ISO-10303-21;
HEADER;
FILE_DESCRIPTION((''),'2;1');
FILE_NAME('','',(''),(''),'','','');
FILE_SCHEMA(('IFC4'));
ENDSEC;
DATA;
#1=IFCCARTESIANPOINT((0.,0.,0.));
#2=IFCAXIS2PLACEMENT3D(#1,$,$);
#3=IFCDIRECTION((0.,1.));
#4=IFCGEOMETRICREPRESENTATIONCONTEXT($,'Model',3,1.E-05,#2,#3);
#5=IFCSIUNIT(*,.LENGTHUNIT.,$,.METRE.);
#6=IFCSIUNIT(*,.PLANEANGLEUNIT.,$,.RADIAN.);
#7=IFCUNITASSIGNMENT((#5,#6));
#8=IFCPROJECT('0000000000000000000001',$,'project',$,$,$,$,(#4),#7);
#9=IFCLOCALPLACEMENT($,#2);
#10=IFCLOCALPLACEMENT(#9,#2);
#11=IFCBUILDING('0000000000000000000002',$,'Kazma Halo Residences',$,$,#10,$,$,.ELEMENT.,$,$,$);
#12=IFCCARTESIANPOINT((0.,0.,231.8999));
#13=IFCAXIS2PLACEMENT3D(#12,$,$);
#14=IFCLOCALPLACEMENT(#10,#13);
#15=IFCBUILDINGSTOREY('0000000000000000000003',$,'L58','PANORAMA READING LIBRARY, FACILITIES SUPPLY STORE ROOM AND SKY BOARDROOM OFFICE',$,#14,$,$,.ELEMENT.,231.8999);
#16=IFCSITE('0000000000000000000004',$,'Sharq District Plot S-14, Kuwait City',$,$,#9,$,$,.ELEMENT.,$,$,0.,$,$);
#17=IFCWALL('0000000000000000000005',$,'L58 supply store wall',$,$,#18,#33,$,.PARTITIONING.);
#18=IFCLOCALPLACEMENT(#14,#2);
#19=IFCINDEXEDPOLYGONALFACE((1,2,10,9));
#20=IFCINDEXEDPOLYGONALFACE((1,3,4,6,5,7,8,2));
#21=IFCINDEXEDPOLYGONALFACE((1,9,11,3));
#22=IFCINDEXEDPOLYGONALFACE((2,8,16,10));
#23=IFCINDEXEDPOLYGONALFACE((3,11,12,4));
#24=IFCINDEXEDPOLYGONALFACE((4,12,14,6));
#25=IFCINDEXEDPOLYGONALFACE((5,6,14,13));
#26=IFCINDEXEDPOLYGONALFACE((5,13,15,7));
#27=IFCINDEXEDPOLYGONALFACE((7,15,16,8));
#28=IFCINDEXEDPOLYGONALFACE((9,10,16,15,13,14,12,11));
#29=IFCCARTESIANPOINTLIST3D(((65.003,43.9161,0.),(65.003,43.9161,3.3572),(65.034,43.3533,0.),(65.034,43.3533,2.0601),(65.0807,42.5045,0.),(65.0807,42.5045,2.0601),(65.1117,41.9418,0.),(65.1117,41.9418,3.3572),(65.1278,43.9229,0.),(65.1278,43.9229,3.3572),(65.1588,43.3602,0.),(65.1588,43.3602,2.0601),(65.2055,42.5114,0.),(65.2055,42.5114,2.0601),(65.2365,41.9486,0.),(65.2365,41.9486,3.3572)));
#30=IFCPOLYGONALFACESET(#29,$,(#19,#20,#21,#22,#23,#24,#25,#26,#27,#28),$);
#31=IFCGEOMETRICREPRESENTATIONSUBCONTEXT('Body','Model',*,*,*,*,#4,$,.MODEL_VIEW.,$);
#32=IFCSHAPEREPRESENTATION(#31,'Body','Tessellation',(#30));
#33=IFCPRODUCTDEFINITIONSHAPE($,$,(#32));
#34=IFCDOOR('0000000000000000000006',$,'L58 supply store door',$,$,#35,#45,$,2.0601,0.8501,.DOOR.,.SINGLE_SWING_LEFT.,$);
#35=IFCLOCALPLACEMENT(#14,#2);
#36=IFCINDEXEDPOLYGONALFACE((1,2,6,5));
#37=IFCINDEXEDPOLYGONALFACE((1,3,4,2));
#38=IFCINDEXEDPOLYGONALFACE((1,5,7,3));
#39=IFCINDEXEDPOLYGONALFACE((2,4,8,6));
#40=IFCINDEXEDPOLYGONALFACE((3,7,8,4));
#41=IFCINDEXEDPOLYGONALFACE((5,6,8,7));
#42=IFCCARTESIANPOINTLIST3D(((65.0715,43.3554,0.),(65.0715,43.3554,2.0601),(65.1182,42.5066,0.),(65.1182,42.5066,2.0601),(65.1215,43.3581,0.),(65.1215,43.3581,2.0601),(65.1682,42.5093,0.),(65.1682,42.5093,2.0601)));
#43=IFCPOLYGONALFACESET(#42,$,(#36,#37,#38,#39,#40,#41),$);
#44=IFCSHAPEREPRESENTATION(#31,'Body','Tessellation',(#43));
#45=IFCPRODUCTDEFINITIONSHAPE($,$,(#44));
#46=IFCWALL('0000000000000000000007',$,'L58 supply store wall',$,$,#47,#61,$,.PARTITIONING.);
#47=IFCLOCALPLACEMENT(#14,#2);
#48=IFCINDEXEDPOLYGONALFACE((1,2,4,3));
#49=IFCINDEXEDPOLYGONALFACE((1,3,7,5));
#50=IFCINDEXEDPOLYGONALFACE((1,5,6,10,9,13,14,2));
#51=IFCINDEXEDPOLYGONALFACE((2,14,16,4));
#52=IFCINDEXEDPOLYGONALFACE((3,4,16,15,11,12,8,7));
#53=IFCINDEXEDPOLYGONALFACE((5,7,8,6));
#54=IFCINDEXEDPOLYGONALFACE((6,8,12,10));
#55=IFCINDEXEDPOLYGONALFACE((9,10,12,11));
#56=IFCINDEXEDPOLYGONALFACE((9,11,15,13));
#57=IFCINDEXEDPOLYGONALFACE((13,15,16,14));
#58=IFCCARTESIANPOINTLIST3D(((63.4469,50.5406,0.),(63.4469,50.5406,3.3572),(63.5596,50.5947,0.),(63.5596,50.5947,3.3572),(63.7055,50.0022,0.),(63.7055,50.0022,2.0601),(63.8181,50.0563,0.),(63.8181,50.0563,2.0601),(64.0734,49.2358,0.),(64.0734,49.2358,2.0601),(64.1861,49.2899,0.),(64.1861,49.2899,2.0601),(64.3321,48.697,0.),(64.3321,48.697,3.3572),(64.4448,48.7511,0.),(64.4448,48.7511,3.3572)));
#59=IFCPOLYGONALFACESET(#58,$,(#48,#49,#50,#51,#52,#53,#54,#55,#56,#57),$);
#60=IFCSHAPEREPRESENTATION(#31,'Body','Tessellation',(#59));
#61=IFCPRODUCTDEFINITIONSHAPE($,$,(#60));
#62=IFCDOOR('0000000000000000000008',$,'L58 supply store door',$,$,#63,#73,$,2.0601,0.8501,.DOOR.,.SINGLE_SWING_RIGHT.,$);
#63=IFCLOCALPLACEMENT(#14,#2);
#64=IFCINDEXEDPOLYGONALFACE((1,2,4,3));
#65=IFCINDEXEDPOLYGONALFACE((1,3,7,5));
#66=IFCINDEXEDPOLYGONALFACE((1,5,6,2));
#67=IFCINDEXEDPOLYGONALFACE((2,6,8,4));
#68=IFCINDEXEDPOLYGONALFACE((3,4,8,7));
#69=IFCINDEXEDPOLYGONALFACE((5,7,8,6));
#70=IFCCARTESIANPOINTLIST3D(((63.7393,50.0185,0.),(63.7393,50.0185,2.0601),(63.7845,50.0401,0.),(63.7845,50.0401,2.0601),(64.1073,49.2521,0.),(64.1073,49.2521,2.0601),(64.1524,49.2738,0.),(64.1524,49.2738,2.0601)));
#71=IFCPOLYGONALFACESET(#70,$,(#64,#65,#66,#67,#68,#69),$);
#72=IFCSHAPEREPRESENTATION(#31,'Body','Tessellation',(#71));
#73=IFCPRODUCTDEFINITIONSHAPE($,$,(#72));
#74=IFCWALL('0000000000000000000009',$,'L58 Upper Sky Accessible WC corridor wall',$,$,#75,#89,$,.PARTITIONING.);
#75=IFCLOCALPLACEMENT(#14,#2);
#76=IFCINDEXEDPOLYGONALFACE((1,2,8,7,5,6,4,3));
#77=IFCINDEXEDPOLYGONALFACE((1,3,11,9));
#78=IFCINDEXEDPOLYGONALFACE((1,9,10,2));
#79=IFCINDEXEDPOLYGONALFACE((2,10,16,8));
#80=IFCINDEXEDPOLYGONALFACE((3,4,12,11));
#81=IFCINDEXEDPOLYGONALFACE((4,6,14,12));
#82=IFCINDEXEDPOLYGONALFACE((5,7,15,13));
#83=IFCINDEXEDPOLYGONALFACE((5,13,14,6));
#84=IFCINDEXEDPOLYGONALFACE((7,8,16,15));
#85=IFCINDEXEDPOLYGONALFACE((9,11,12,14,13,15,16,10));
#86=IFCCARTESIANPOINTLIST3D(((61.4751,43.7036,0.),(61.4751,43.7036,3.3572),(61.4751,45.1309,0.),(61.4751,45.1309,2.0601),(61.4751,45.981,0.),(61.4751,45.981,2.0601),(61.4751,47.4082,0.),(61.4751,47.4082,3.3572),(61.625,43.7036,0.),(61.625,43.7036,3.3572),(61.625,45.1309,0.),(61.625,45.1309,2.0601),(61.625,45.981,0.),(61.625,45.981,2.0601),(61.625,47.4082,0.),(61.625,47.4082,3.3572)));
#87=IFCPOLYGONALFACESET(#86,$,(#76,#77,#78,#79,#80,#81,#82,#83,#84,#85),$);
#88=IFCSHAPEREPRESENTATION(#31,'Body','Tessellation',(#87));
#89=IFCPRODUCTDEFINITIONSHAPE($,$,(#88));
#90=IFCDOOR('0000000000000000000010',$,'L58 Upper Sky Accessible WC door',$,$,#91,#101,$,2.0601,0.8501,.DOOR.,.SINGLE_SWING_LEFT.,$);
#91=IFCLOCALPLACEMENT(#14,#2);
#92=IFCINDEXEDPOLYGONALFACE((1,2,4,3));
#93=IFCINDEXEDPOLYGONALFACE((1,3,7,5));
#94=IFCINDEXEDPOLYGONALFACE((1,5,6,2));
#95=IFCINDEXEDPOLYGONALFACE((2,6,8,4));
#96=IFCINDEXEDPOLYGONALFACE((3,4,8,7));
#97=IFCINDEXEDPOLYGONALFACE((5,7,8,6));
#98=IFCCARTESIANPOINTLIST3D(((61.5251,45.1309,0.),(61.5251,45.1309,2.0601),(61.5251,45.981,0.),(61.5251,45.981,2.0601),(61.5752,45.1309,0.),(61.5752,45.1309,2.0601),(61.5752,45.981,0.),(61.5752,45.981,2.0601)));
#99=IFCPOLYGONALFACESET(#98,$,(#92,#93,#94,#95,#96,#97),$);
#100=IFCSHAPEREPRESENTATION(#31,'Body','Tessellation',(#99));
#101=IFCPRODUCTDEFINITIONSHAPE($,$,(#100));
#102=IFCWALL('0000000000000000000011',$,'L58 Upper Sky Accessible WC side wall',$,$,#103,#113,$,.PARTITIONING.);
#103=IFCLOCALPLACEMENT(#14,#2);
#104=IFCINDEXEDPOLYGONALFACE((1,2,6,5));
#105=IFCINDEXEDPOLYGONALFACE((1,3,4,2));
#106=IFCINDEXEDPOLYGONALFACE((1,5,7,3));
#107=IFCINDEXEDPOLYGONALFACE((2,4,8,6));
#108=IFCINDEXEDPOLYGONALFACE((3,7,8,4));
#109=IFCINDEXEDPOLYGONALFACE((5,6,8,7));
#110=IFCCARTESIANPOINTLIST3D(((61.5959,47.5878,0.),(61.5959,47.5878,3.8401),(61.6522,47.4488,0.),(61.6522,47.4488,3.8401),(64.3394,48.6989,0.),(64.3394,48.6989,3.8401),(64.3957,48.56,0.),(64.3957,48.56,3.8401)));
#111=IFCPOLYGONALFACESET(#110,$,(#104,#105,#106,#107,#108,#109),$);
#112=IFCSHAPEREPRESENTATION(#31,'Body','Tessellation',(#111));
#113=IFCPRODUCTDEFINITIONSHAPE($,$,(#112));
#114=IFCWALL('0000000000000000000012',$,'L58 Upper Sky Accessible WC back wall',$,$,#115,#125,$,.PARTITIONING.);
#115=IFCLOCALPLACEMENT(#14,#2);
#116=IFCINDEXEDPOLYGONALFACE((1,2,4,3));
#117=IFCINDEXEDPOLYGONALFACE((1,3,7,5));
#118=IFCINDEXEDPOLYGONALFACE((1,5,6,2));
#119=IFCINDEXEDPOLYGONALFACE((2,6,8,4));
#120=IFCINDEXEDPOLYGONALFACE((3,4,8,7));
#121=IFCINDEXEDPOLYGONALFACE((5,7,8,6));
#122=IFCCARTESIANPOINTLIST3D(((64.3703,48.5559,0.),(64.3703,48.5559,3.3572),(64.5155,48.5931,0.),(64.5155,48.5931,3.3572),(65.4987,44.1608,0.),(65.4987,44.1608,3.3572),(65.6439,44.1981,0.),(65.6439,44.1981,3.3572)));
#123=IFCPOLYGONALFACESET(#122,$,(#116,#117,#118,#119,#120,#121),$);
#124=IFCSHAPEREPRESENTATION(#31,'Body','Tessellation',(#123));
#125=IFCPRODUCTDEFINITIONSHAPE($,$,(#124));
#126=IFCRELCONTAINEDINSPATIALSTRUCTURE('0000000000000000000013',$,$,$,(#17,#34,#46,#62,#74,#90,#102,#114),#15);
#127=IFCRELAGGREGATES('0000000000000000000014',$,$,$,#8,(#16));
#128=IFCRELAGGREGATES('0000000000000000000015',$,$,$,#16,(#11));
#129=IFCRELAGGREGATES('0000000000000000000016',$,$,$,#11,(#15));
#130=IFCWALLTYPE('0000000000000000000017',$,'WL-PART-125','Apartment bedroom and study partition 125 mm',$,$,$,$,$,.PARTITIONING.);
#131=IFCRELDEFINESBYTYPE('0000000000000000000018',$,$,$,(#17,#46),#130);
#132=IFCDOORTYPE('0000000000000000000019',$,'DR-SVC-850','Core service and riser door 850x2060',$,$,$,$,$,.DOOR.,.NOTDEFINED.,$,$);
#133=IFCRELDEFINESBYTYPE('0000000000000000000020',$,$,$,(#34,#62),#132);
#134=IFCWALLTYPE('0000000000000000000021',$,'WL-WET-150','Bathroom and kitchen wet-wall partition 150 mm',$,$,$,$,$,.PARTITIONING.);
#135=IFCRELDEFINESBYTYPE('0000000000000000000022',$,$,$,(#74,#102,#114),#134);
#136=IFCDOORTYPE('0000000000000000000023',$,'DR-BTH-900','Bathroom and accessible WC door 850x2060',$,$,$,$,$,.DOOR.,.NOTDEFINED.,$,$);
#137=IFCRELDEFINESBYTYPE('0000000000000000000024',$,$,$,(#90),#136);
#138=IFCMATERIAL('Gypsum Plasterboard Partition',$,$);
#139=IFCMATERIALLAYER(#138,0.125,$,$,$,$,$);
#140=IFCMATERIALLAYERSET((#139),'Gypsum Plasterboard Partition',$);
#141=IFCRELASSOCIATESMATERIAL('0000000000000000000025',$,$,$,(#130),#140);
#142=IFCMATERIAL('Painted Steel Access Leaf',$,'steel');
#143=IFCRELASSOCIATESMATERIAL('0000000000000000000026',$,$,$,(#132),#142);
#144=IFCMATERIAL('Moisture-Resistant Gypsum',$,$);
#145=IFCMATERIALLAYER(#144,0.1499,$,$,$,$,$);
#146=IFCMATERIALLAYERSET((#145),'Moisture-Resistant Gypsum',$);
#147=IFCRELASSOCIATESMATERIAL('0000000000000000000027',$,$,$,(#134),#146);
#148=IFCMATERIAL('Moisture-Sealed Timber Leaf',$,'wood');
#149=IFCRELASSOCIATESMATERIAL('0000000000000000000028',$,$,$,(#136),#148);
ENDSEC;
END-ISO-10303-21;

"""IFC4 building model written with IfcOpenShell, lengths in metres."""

from ifc_helpers import new_model, si_unit, direction, frame, frame_2d, origin, place, context, subcontext, project, spatial, rectangle, extrude, material, layer, layer_set, type_object, element, fill, save


model = new_model("IFC4")

# Units and contexts
model_context = context("Model", 3, precision=1e-05, world=origin(), true_north=direction((0.0, 1.0)))
body_context = subcontext(model_context, "Body", "Model", "MODEL_VIEW")
ifc_project = project(units=[si_unit("LENGTHUNIT", "METRE"), si_unit("PLANEANGLEUNIT", "RADIAN")], contexts=[model_context])

# Site, building, storey
site_placement = place(None, origin())
site = spatial("IfcSite", under=ifc_project, at=site_placement, Name="Sharq District Plot S-14, Kuwait City", CompositionType="ELEMENT", RefElevation=0.0)
building_placement = place(site_placement, origin())
building = spatial("IfcBuilding", under=site, at=building_placement, Name="Kazma Halo Residences", CompositionType="ELEMENT")
storey_placement = place(building_placement, frame((0.0, 0.0, 231.8999)))
storey = spatial("IfcBuildingStorey", under=building, at=storey_placement, Name="L58", Description="PANORAMA READING LIBRARY, FACILITIES SUPPLY STORE ROOM AND SKY BOARDROOM OFFICE", CompositionType="ELEMENT", Elevation=231.8999)

# Walls, openings, doors
ifc_material_1 = material(Name="Gypsum Plasterboard Partition")
ifc_layer_1 = layer(ifc_material_1, 0.125)
ifc_layer_set_1 = layer_set([ifc_layer_1], Name="Gypsum Plasterboard Partition")
wall_type_1 = type_object("IfcWallType", Name="WL-PART-125", Description="Apartment bedroom and study partition 125 mm", PredefinedType="PARTITIONING", material=ifc_layer_set_1)
wall_1_placement = place(storey_placement, frame((65.1741, 41.9451, 0.0), z_axis=(0.0, 0.0, 1.0), x_axis=(-0.054943, 0.998489, 0.0)))
wall_1 = element("IfcWall", 1, at=wall_1_placement, inside=storey, type_object=wall_type_1, Name="L58 supply store wall", PredefinedType="PARTITIONING", context=body_context, shape_type="SweptSolid", body=[
    extrude(rectangle(XDim=1.9773, YDim=0.125, at=frame_2d((0.9888, 0.0))), origin(), (0.0, 0.0, 1.0), 3.3572),
])
opening_1_placement = place(wall_1_placement, frame((0.5637, 0.0, 0.0)))
opening_1 = element("IfcOpeningElement", 2, at=opening_1_placement, cuts=wall_1, PredefinedType="OPENING", context=body_context, shape_type="SweptSolid", body=[
    extrude(rectangle(XDim=0.8501, YDim=2.0601, at=frame_2d((0.425, 1.03))), frame((0.0, 0.0725, 0.0), z_axis=(0.0, -1.0, 0.0), x_axis=(1.0, 0.0, 0.0)), (0.0, 0.0, 1.0), 0.145),
])
ifc_material_2 = material(Name="Painted Steel Access Leaf", Category="steel")
door_type_1 = type_object("IfcDoorType", Name="DR-SVC-850", Description="Core service and riser door 850x2060", OperationType="NOTDEFINED", PredefinedType="DOOR", material=ifc_material_2)
door_1_placement = place(opening_1_placement, origin())
door_1 = element("IfcDoor", 3, at=door_1_placement, inside=storey, type_object=door_type_1, Name="L58 supply store door", OperationType="SINGLE_SWING_LEFT", OverallHeight=2.0601, OverallWidth=0.8501, PredefinedType="DOOR", context=body_context, shape_type="SweptSolid", body=[
    extrude(rectangle(XDim=0.8501, YDim=2.0601, at=frame_2d((0.425, 1.03))), frame((0.0, 0.0249, 0.0), z_axis=(0.0, -1.0, 0.0), x_axis=(1.0, 0.0, 0.0)), (0.0, 0.0, 1.0), 0.05),
])
fill(opening_1, door_1)
wall_2_placement = place(storey_placement, frame((64.3884, 48.7241, 0.0), z_axis=(0.0, 0.0, 1.0), x_axis=(-0.432832, 0.901475, 0.0)))
wall_2 = element("IfcWall", 4, at=wall_2_placement, inside=storey, type_object=wall_type_1, Name="L58 supply store wall", PredefinedType="PARTITIONING", context=body_context, shape_type="SweptSolid", body=[
    extrude(rectangle(XDim=2.0452, YDim=0.125, at=frame_2d((1.0225, 0.0))), origin(), (0.0, 0.0, 1.0), 3.3572),
])
opening_2_placement = place(wall_2_placement, frame((0.5977, 0.0, 0.0)))
opening_2 = element("IfcOpeningElement", 5, at=opening_2_placement, cuts=wall_2, PredefinedType="OPENING", context=body_context, shape_type="SweptSolid", body=[
    extrude(rectangle(XDim=0.8501, YDim=2.0601, at=frame_2d((0.425, 1.03))), frame((0.0, 0.0725, 0.0), z_axis=(0.0, -1.0, 0.0), x_axis=(1.0, 0.0, 0.0)), (0.0, 0.0, 1.0), 0.145),
])
door_2_placement = place(opening_2_placement, origin())
door_2 = element("IfcDoor", 6, at=door_2_placement, inside=storey, type_object=door_type_1, Name="L58 supply store door", OperationType="SINGLE_SWING_RIGHT", OverallHeight=2.0601, OverallWidth=0.8501, PredefinedType="DOOR", context=body_context, shape_type="SweptSolid", body=[
    extrude(rectangle(XDim=0.8501, YDim=2.0601, at=frame_2d((0.425, 1.03))), frame((0.0, 0.0249, 0.0), z_axis=(0.0, -1.0, 0.0), x_axis=(1.0, 0.0, 0.0)), (0.0, 0.0, 1.0), 0.05),
])
fill(opening_2, door_2)
ifc_material_3 = material(Name="Moisture-Resistant Gypsum")
ifc_layer_2 = layer(ifc_material_3, 0.1499)
ifc_layer_set_2 = layer_set([ifc_layer_2], Name="Moisture-Resistant Gypsum")
wall_type_2 = type_object("IfcWallType", Name="WL-WET-150", Description="Bathroom and kitchen wet-wall partition 150 mm", PredefinedType="PARTITIONING", material=ifc_layer_set_2)
wall_3_placement = place(storey_placement, frame((61.55, 43.7036, 0.0), z_axis=(0.0, 0.0, 1.0), x_axis=(0.0, 1.0, 0.0)))
wall_3 = element("IfcWall", 7, at=wall_3_placement, inside=storey, type_object=wall_type_2, Name="L58 Upper Sky Accessible WC corridor wall", PredefinedType="PARTITIONING", context=body_context, shape_type="SweptSolid", body=[
    extrude(rectangle(XDim=3.7046, YDim=0.1499, at=frame_2d((1.8523, 0.0))), origin(), (0.0, 0.0, 1.0), 3.3572),
])
opening_3_placement = place(wall_3_placement, frame((1.4272, 0.0, 0.0)))
opening_3 = element("IfcOpeningElement", 8, at=opening_3_placement, cuts=wall_3, PredefinedType="OPENING", context=body_context, shape_type="SweptSolid", body=[
    extrude(rectangle(XDim=0.8501, YDim=2.0601, at=frame_2d((0.425, 1.03))), frame((0.0, 0.085, 0.0), z_axis=(0.0, -1.0, 0.0), x_axis=(1.0, 0.0, 0.0)), (0.0, 0.0, 1.0), 0.1699),
])
ifc_material_4 = material(Name="Moisture-Sealed Timber Leaf", Category="wood")
door_type_2 = type_object("IfcDoorType", Name="DR-BTH-900", Description="Bathroom and accessible WC door 850x2060", OperationType="NOTDEFINED", PredefinedType="DOOR", material=ifc_material_4)
door_3_placement = place(opening_3_placement, origin())
door_3 = element("IfcDoor", 9, at=door_3_placement, inside=storey, type_object=door_type_2, Name="L58 Upper Sky Accessible WC door", OperationType="SINGLE_SWING_LEFT", OverallHeight=2.0601, OverallWidth=0.8501, PredefinedType="DOOR", context=body_context, shape_type="SweptSolid", body=[
    extrude(rectangle(XDim=0.8501, YDim=2.0601, at=frame_2d((0.425, 1.03))), frame((0.0, 0.0249, 0.0), z_axis=(0.0, -1.0, 0.0), x_axis=(1.0, 0.0, 0.0)), (0.0, 0.0, 1.0), 0.05),
])
fill(opening_3, door_3)

# Walls
wall_4_placement = place(storey_placement, frame((61.624, 47.5183, 0.0), z_axis=(0.0, 0.0, 1.0), x_axis=(0.92687, 0.375383, 0.0)))
element("IfcWall", 10, at=wall_4_placement, inside=storey, type_object=wall_type_2, Name="L58 Upper Sky Accessible WC side wall", PredefinedType="PARTITIONING", context=body_context, shape_type="SweptSolid", body=[
    extrude(rectangle(XDim=2.96, YDim=0.1499, at=frame_2d((1.48, 0.0))), origin(), (0.0, 0.0, 1.0), 3.8401),
])
wall_5_placement = place(storey_placement, frame((65.5713, 44.1794, 0.0), z_axis=(0.0, 0.0, 1.0), x_axis=(-0.248683, 0.968585, 0.0)))
element("IfcWall", 11, at=wall_5_placement, inside=storey, type_object=wall_type_2, Name="L58 Upper Sky Accessible WC back wall", PredefinedType="PARTITIONING", context=body_context, shape_type="SweptSolid", body=[
    extrude(rectangle(XDim=4.5376, YDim=0.1499, at=frame_2d((2.2688, 0.0))), origin(), (0.0, 0.0, 1.0), 3.3572),
])

save(model, "model.ifc")
